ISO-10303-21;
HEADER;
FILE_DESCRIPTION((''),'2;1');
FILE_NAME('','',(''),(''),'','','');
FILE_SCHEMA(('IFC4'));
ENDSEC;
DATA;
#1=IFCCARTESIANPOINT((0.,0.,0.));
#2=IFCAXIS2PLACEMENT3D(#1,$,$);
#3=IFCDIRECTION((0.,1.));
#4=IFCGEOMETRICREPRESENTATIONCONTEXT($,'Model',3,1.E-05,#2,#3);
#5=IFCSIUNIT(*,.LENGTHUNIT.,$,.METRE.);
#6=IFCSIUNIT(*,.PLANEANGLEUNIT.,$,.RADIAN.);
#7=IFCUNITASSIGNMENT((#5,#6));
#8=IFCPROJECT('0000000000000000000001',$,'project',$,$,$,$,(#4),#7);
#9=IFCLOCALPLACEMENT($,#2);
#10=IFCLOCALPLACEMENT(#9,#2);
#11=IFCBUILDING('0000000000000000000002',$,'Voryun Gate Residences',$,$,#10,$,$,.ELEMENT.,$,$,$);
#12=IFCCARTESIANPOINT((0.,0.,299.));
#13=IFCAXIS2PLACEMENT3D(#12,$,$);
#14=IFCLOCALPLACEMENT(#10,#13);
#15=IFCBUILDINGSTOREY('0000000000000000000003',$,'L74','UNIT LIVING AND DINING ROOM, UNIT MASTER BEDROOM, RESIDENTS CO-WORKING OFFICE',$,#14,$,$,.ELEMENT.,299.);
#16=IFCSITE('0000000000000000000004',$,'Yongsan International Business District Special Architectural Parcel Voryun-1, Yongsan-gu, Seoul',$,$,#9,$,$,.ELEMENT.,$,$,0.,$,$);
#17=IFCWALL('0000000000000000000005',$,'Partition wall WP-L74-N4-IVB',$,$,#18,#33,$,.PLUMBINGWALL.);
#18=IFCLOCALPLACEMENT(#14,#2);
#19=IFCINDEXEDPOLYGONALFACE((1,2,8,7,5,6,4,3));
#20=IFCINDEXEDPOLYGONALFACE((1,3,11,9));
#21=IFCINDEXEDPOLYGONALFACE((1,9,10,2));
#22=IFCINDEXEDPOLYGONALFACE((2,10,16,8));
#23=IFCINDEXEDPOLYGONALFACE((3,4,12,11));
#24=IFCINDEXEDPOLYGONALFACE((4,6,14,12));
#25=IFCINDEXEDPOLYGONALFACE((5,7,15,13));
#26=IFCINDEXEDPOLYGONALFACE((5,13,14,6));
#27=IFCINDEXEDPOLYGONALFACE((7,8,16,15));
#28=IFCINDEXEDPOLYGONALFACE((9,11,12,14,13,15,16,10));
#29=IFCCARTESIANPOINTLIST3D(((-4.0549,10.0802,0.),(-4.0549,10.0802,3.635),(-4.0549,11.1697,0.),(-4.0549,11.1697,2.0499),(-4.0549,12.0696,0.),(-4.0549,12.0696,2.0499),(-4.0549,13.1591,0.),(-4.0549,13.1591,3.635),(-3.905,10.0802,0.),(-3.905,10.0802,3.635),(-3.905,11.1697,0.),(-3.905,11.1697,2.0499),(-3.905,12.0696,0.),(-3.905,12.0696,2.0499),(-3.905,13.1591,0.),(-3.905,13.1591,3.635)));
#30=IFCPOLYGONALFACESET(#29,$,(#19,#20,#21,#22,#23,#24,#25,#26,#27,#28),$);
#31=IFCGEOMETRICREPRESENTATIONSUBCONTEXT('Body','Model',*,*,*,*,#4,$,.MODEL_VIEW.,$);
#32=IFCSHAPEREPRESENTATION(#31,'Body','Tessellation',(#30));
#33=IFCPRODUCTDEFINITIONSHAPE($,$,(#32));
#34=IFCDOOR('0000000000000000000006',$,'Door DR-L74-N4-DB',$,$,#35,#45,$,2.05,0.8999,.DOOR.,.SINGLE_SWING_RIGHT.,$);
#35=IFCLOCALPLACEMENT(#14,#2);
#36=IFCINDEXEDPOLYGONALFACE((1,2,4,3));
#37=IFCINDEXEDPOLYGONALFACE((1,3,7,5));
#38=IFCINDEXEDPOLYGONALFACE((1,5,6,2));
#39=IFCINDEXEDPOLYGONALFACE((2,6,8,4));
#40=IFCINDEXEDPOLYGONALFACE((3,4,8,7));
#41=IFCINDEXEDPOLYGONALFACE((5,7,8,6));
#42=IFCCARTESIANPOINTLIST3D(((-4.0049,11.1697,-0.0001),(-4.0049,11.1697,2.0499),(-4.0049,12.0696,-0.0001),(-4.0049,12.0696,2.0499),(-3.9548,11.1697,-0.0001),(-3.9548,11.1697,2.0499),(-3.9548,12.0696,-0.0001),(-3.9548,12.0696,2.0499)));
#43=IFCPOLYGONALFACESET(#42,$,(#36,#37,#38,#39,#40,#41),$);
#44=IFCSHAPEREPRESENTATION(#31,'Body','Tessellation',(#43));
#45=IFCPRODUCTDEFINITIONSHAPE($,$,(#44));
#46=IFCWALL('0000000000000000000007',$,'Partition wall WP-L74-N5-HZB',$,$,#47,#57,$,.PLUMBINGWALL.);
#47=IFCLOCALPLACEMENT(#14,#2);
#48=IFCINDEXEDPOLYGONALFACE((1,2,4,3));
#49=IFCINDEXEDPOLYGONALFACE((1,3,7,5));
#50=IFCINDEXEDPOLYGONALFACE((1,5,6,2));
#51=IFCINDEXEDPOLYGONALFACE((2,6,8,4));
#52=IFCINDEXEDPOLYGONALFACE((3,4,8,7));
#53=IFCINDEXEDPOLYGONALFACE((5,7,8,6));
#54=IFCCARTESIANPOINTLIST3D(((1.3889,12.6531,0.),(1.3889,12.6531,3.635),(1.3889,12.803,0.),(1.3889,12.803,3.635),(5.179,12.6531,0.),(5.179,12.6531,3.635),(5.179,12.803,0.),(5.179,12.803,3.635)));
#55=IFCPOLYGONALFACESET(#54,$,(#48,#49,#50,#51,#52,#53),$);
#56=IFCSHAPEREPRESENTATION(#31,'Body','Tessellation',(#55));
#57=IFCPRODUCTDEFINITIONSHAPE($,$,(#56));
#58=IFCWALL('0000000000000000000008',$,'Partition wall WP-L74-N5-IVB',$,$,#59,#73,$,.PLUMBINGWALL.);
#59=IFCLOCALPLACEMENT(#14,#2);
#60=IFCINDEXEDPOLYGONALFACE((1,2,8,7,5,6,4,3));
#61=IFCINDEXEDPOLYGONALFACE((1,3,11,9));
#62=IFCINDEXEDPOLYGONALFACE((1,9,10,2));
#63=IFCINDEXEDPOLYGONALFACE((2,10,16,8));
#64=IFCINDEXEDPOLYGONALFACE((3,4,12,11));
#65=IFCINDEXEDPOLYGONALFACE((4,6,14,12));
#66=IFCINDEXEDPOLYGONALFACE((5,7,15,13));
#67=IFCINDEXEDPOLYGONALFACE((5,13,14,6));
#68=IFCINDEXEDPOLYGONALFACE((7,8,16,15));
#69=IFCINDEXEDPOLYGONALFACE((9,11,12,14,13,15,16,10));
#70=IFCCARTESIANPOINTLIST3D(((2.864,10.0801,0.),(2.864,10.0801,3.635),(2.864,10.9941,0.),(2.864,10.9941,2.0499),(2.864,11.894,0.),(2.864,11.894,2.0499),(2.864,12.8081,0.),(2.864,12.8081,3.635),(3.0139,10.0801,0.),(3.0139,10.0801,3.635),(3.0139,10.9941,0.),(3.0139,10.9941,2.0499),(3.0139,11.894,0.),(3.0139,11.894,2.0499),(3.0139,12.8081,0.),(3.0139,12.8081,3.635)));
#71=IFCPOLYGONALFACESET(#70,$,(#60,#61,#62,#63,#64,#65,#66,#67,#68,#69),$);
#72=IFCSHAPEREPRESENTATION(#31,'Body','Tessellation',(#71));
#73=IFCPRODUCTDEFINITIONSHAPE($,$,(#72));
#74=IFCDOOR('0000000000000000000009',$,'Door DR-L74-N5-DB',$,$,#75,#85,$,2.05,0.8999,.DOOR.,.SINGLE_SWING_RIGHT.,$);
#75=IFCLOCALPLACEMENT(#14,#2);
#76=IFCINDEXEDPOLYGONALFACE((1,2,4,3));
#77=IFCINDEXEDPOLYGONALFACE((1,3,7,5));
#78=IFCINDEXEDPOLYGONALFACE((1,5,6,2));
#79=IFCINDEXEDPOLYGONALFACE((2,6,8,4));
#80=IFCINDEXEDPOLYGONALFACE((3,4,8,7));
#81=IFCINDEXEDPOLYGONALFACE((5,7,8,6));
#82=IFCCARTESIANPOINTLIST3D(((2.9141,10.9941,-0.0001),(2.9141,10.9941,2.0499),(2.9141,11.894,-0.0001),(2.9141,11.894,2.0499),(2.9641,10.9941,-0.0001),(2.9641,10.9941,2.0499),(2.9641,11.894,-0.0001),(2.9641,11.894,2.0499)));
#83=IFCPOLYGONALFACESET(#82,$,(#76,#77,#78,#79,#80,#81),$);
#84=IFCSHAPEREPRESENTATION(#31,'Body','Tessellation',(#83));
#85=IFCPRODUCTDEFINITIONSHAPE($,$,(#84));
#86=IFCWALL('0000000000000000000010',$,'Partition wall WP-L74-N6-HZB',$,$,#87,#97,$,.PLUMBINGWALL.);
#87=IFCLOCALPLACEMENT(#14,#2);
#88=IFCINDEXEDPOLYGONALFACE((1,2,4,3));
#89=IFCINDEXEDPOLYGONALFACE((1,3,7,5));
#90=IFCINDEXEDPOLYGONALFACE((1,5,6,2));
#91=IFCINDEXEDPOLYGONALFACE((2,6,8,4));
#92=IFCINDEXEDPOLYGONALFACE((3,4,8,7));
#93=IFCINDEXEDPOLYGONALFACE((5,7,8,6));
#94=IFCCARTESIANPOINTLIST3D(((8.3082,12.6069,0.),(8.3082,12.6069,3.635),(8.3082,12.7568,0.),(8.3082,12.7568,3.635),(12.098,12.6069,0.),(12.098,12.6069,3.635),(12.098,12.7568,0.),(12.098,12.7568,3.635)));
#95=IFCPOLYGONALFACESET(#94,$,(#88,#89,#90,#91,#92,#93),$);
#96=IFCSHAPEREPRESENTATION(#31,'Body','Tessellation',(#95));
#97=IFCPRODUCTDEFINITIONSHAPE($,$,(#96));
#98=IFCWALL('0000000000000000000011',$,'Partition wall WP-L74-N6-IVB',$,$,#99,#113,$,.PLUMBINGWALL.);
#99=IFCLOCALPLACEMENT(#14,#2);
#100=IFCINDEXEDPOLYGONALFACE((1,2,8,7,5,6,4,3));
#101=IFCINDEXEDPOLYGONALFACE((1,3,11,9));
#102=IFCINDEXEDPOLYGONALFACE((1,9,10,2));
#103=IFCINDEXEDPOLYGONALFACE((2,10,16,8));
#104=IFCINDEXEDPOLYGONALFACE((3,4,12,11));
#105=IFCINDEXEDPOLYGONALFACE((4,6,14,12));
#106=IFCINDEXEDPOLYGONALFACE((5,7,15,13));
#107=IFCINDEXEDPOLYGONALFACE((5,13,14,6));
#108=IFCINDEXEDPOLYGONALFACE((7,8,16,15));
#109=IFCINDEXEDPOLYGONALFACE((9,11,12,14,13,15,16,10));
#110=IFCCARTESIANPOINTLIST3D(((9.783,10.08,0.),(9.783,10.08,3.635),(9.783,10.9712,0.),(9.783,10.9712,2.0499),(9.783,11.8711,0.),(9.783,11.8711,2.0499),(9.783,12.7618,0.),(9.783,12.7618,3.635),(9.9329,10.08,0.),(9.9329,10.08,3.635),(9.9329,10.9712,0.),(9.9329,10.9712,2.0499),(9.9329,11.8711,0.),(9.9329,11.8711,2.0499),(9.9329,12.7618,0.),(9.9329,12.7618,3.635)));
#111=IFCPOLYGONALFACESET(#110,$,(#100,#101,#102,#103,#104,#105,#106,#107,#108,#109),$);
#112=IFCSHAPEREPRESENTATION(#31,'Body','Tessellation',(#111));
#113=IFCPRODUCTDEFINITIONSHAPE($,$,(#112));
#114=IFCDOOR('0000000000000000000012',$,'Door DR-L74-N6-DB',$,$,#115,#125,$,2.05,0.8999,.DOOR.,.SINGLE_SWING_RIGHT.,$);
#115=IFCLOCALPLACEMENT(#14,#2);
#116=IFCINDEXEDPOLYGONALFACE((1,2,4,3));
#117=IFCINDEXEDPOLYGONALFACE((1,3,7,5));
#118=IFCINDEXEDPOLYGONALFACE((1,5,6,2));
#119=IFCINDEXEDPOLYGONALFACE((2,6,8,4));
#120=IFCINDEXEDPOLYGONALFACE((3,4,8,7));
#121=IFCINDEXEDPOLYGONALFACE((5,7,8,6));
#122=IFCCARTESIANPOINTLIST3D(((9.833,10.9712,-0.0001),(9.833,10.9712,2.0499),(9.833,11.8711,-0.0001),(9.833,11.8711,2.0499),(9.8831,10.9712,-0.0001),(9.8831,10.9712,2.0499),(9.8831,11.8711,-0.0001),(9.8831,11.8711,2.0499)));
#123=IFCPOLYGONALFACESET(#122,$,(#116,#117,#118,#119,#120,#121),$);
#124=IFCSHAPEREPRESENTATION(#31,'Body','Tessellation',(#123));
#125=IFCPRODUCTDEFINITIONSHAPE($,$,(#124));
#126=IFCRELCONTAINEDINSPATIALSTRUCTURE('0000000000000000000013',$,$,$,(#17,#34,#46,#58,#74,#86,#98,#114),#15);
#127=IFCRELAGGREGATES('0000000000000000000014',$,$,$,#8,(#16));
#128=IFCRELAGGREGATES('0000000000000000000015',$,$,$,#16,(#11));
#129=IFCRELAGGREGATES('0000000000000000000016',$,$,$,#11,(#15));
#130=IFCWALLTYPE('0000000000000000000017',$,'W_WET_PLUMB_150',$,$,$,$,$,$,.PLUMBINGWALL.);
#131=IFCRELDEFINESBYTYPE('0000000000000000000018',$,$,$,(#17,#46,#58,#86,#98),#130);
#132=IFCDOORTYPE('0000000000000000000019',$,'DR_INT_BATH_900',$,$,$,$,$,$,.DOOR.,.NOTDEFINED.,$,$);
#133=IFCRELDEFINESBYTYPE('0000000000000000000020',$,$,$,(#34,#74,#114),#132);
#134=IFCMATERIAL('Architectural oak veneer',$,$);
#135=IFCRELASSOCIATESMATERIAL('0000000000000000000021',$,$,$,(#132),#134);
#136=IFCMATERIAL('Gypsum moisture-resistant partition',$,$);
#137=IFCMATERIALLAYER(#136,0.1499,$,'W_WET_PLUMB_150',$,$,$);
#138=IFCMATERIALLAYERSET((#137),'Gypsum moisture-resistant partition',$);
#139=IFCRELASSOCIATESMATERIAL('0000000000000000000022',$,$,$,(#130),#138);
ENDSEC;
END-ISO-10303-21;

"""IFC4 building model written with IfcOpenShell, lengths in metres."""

from ifc_helpers import new_model, si_unit, direction, frame, frame_2d, origin, place, context, subcontext, project, spatial, rectangle, extrude, material, layer, layer_set, type_object, element, fill, save


model = new_model("IFC4")

# Units and contexts
model_context = context("Model", 3, precision=1e-05, world=origin(), true_north=direction((0.0, 1.0)))
body_context = subcontext(model_context, "Body", "Model", "MODEL_VIEW")
ifc_project = project(units=[si_unit("LENGTHUNIT", "METRE"), si_unit("PLANEANGLEUNIT", "RADIAN")], contexts=[model_context])

# Site, building, storey
site_placement = place(None, origin())
site = spatial("IfcSite", under=ifc_project, at=site_placement, Name="Yongsan International Business District Special Architectural Parcel Voryun-1, Yongsan-gu, Seoul", CompositionType="ELEMENT", RefElevation=0.0)
building_placement = place(site_placement, origin())
building = spatial("IfcBuilding", under=site, at=building_placement, Name="Voryun Gate Residences", CompositionType="ELEMENT")
storey_placement = place(building_placement, frame((0.0, 0.0, 299.0)))
storey = spatial("IfcBuildingStorey", under=building, at=storey_placement, Name="L74", Description="UNIT LIVING AND DINING ROOM, UNIT MASTER BEDROOM, RESIDENTS CO-WORKING OFFICE", CompositionType="ELEMENT", Elevation=299.0)

# Shared definitions
ifc_material_1 = material(Name="Architectural oak veneer")
door_type_1 = type_object("IfcDoorType", Name="DR_INT_BATH_900", OperationType="NOTDEFINED", PredefinedType="DOOR", material=ifc_material_1)

# Wall, opening, door
ifc_material_2 = material(Name="Gypsum moisture-resistant partition")
ifc_layer_1 = layer(ifc_material_2, 0.1499, Name="W_WET_PLUMB_150")
ifc_layer_set_1 = layer_set([ifc_layer_1], Name="Gypsum moisture-resistant partition")
wall_type_1 = type_object("IfcWallType", Name="W_WET_PLUMB_150", PredefinedType="PLUMBINGWALL", material=ifc_layer_set_1)
wall_1_placement = place(storey_placement, frame((-3.98, 10.0801, 0.0), z_axis=(0.0, 0.0, 1.0), x_axis=(0.0, 1.0, 0.0)))
wall_1 = element("IfcWall", 1, at=wall_1_placement, inside=storey, type_object=wall_type_1, Name="Partition wall WP-L74-N4-IVB", PredefinedType="PLUMBINGWALL", context=body_context, shape_type="SweptSolid", body=[
    extrude(rectangle(XDim=3.0789, YDim=0.1499, at=frame_2d((1.5396, 0.0))), origin(), (0.0, 0.0, 1.0), 3.635),
])
opening_1_placement = place(wall_1_placement, frame((1.0896, 0.0, 0.0)))
opening_1 = element("IfcOpeningElement", 2, at=opening_1_placement, cuts=wall_1, PredefinedType="OPENING", context=body_context, shape_type="SweptSolid", body=[
    extrude(rectangle(XDim=0.8999, YDim=2.05, at=frame_2d((0.45, 1.0249))), frame((0.0, 0.085, 0.0), z_axis=(0.0, -1.0, 0.0), x_axis=(1.0, 0.0, 0.0)), (0.0, 0.0, 1.0), 0.1699),
])
door_1_placement = place(opening_1_placement, origin())
door_1 = element("IfcDoor", 3, at=door_1_placement, inside=storey, type_object=door_type_1, Name="Door DR-L74-N4-DB", OperationType="SINGLE_SWING_RIGHT", OverallHeight=2.05, OverallWidth=0.8999, PredefinedType="DOOR", context=body_context, shape_type="SweptSolid", body=[
    extrude(rectangle(XDim=0.8999, YDim=2.05, at=frame_2d((0.45, 1.0249))), frame((0.0, 0.0249, 0.0), z_axis=(0.0, -1.0, 0.0), x_axis=(1.0, 0.0, 0.0)), (0.0, 0.0, 1.0), 0.05),
])
fill(opening_1, door_1)

# Wall
wall_2_placement = place(storey_placement, frame((1.3889, 12.728, 0.0), z_axis=(0.0, 0.0, 1.0), x_axis=(1.0, 0.0, 0.0)))
element("IfcWall", 4, at=wall_2_placement, inside=storey, type_object=wall_type_1, Name="Partition wall WP-L74-N5-HZB", PredefinedType="PLUMBINGWALL", context=body_context, shape_type="SweptSolid", body=[
    extrude(rectangle(XDim=3.79, YDim=0.1499, at=frame_2d((1.895, 0.0))), origin(), (0.0, 0.0, 1.0), 3.635),
])

# Wall, opening, door
wall_3_placement = place(storey_placement, frame((2.939, 10.0801, 0.0), z_axis=(0.0, 0.0, 1.0), x_axis=(0.0, 1.0, 0.0)))
wall_3 = element("IfcWall", 5, at=wall_3_placement, inside=storey, type_object=wall_type_1, Name="Partition wall WP-L74-N5-IVB", PredefinedType="PLUMBINGWALL", context=body_context, shape_type="SweptSolid", body=[
    extrude(rectangle(XDim=2.728, YDim=0.1499, at=frame_2d((1.364, 0.0))), origin(), (0.0, 0.0, 1.0), 3.635),
])
opening_2_placement = place(wall_3_placement, frame((0.9141, 0.0, 0.0)))
opening_2 = element("IfcOpeningElement", 6, at=opening_2_placement, cuts=wall_3, PredefinedType="OPENING", context=body_context, shape_type="SweptSolid", body=[
    extrude(rectangle(XDim=0.8999, YDim=2.05, at=frame_2d((0.45, 1.0249))), frame((0.0, 0.085, 0.0), z_axis=(0.0, -1.0, 0.0), x_axis=(1.0, 0.0, 0.0)), (0.0, 0.0, 1.0), 0.1699),
])
door_2_placement = place(opening_2_placement, origin())
door_2 = element("IfcDoor", 7, at=door_2_placement, inside=storey, type_object=door_type_1, Name="Door DR-L74-N5-DB", OperationType="SINGLE_SWING_RIGHT", OverallHeight=2.05, OverallWidth=0.8999, PredefinedType="DOOR", context=body_context, shape_type="SweptSolid", body=[
    extrude(rectangle(XDim=0.8999, YDim=2.05, at=frame_2d((0.45, 1.0249))), frame((0.0, 0.0249, 0.0), z_axis=(0.0, -1.0, 0.0), x_axis=(1.0, 0.0, 0.0)), (0.0, 0.0, 1.0), 0.05),
])
fill(opening_2, door_2)

# Wall
wall_4_placement = place(storey_placement, frame((8.3081, 12.6819, 0.0), z_axis=(0.0, 0.0, 1.0), x_axis=(1.0, 0.0, 0.0)))
element("IfcWall", 8, at=wall_4_placement, inside=storey, type_object=wall_type_1, Name="Partition wall WP-L74-N6-HZB", PredefinedType="PLUMBINGWALL", context=body_context, shape_type="SweptSolid", body=[
    extrude(rectangle(XDim=3.7898, YDim=0.1499, at=frame_2d((1.895, 0.0))), origin(), (0.0, 0.0, 1.0), 3.635),
])

# Wall, opening, door
wall_5_placement = place(storey_placement, frame((9.8579, 10.0801, 0.0), z_axis=(0.0, 0.0, 1.0), x_axis=(0.0, 1.0, 0.0)))
wall_5 = element("IfcWall", 9, at=wall_5_placement, inside=storey, type_object=wall_type_1, Name="Partition wall WP-L74-N6-IVB", PredefinedType="PLUMBINGWALL", context=body_context, shape_type="SweptSolid", body=[
    extrude(rectangle(XDim=2.6819, YDim=0.1499, at=frame_2d((1.3408, 0.0))), origin(), (0.0, 0.0, 1.0), 3.635),
])
opening_3_placement = place(wall_5_placement, frame((0.8911, 0.0, 0.0)))
opening_3 = element("IfcOpeningElement", 10, at=opening_3_placement, cuts=wall_5, PredefinedType="OPENING", context=body_context, shape_type="SweptSolid", body=[
    extrude(rectangle(XDim=0.8999, YDim=2.05, at=frame_2d((0.45, 1.0249))), frame((0.0, 0.085, 0.0), z_axis=(0.0, -1.0, 0.0), x_axis=(1.0, 0.0, 0.0)), (0.0, 0.0, 1.0), 0.1699),
])
door_3_placement = place(opening_3_placement, origin())
door_3 = element("IfcDoor", 11, at=door_3_placement, inside=storey, type_object=door_type_1, Name="Door DR-L74-N6-DB", OperationType="SINGLE_SWING_RIGHT", OverallHeight=2.05, OverallWidth=0.8999, PredefinedType="DOOR", context=body_context, shape_type="SweptSolid", body=[
    extrude(rectangle(XDim=0.8999, YDim=2.05, at=frame_2d((0.45, 1.0249))), frame((0.0, 0.0249, 0.0), z_axis=(0.0, -1.0, 0.0), x_axis=(1.0, 0.0, 0.0)), (0.0, 0.0, 1.0), 0.05),
])
fill(opening_3, door_3)

save(model, "model.ifc")
